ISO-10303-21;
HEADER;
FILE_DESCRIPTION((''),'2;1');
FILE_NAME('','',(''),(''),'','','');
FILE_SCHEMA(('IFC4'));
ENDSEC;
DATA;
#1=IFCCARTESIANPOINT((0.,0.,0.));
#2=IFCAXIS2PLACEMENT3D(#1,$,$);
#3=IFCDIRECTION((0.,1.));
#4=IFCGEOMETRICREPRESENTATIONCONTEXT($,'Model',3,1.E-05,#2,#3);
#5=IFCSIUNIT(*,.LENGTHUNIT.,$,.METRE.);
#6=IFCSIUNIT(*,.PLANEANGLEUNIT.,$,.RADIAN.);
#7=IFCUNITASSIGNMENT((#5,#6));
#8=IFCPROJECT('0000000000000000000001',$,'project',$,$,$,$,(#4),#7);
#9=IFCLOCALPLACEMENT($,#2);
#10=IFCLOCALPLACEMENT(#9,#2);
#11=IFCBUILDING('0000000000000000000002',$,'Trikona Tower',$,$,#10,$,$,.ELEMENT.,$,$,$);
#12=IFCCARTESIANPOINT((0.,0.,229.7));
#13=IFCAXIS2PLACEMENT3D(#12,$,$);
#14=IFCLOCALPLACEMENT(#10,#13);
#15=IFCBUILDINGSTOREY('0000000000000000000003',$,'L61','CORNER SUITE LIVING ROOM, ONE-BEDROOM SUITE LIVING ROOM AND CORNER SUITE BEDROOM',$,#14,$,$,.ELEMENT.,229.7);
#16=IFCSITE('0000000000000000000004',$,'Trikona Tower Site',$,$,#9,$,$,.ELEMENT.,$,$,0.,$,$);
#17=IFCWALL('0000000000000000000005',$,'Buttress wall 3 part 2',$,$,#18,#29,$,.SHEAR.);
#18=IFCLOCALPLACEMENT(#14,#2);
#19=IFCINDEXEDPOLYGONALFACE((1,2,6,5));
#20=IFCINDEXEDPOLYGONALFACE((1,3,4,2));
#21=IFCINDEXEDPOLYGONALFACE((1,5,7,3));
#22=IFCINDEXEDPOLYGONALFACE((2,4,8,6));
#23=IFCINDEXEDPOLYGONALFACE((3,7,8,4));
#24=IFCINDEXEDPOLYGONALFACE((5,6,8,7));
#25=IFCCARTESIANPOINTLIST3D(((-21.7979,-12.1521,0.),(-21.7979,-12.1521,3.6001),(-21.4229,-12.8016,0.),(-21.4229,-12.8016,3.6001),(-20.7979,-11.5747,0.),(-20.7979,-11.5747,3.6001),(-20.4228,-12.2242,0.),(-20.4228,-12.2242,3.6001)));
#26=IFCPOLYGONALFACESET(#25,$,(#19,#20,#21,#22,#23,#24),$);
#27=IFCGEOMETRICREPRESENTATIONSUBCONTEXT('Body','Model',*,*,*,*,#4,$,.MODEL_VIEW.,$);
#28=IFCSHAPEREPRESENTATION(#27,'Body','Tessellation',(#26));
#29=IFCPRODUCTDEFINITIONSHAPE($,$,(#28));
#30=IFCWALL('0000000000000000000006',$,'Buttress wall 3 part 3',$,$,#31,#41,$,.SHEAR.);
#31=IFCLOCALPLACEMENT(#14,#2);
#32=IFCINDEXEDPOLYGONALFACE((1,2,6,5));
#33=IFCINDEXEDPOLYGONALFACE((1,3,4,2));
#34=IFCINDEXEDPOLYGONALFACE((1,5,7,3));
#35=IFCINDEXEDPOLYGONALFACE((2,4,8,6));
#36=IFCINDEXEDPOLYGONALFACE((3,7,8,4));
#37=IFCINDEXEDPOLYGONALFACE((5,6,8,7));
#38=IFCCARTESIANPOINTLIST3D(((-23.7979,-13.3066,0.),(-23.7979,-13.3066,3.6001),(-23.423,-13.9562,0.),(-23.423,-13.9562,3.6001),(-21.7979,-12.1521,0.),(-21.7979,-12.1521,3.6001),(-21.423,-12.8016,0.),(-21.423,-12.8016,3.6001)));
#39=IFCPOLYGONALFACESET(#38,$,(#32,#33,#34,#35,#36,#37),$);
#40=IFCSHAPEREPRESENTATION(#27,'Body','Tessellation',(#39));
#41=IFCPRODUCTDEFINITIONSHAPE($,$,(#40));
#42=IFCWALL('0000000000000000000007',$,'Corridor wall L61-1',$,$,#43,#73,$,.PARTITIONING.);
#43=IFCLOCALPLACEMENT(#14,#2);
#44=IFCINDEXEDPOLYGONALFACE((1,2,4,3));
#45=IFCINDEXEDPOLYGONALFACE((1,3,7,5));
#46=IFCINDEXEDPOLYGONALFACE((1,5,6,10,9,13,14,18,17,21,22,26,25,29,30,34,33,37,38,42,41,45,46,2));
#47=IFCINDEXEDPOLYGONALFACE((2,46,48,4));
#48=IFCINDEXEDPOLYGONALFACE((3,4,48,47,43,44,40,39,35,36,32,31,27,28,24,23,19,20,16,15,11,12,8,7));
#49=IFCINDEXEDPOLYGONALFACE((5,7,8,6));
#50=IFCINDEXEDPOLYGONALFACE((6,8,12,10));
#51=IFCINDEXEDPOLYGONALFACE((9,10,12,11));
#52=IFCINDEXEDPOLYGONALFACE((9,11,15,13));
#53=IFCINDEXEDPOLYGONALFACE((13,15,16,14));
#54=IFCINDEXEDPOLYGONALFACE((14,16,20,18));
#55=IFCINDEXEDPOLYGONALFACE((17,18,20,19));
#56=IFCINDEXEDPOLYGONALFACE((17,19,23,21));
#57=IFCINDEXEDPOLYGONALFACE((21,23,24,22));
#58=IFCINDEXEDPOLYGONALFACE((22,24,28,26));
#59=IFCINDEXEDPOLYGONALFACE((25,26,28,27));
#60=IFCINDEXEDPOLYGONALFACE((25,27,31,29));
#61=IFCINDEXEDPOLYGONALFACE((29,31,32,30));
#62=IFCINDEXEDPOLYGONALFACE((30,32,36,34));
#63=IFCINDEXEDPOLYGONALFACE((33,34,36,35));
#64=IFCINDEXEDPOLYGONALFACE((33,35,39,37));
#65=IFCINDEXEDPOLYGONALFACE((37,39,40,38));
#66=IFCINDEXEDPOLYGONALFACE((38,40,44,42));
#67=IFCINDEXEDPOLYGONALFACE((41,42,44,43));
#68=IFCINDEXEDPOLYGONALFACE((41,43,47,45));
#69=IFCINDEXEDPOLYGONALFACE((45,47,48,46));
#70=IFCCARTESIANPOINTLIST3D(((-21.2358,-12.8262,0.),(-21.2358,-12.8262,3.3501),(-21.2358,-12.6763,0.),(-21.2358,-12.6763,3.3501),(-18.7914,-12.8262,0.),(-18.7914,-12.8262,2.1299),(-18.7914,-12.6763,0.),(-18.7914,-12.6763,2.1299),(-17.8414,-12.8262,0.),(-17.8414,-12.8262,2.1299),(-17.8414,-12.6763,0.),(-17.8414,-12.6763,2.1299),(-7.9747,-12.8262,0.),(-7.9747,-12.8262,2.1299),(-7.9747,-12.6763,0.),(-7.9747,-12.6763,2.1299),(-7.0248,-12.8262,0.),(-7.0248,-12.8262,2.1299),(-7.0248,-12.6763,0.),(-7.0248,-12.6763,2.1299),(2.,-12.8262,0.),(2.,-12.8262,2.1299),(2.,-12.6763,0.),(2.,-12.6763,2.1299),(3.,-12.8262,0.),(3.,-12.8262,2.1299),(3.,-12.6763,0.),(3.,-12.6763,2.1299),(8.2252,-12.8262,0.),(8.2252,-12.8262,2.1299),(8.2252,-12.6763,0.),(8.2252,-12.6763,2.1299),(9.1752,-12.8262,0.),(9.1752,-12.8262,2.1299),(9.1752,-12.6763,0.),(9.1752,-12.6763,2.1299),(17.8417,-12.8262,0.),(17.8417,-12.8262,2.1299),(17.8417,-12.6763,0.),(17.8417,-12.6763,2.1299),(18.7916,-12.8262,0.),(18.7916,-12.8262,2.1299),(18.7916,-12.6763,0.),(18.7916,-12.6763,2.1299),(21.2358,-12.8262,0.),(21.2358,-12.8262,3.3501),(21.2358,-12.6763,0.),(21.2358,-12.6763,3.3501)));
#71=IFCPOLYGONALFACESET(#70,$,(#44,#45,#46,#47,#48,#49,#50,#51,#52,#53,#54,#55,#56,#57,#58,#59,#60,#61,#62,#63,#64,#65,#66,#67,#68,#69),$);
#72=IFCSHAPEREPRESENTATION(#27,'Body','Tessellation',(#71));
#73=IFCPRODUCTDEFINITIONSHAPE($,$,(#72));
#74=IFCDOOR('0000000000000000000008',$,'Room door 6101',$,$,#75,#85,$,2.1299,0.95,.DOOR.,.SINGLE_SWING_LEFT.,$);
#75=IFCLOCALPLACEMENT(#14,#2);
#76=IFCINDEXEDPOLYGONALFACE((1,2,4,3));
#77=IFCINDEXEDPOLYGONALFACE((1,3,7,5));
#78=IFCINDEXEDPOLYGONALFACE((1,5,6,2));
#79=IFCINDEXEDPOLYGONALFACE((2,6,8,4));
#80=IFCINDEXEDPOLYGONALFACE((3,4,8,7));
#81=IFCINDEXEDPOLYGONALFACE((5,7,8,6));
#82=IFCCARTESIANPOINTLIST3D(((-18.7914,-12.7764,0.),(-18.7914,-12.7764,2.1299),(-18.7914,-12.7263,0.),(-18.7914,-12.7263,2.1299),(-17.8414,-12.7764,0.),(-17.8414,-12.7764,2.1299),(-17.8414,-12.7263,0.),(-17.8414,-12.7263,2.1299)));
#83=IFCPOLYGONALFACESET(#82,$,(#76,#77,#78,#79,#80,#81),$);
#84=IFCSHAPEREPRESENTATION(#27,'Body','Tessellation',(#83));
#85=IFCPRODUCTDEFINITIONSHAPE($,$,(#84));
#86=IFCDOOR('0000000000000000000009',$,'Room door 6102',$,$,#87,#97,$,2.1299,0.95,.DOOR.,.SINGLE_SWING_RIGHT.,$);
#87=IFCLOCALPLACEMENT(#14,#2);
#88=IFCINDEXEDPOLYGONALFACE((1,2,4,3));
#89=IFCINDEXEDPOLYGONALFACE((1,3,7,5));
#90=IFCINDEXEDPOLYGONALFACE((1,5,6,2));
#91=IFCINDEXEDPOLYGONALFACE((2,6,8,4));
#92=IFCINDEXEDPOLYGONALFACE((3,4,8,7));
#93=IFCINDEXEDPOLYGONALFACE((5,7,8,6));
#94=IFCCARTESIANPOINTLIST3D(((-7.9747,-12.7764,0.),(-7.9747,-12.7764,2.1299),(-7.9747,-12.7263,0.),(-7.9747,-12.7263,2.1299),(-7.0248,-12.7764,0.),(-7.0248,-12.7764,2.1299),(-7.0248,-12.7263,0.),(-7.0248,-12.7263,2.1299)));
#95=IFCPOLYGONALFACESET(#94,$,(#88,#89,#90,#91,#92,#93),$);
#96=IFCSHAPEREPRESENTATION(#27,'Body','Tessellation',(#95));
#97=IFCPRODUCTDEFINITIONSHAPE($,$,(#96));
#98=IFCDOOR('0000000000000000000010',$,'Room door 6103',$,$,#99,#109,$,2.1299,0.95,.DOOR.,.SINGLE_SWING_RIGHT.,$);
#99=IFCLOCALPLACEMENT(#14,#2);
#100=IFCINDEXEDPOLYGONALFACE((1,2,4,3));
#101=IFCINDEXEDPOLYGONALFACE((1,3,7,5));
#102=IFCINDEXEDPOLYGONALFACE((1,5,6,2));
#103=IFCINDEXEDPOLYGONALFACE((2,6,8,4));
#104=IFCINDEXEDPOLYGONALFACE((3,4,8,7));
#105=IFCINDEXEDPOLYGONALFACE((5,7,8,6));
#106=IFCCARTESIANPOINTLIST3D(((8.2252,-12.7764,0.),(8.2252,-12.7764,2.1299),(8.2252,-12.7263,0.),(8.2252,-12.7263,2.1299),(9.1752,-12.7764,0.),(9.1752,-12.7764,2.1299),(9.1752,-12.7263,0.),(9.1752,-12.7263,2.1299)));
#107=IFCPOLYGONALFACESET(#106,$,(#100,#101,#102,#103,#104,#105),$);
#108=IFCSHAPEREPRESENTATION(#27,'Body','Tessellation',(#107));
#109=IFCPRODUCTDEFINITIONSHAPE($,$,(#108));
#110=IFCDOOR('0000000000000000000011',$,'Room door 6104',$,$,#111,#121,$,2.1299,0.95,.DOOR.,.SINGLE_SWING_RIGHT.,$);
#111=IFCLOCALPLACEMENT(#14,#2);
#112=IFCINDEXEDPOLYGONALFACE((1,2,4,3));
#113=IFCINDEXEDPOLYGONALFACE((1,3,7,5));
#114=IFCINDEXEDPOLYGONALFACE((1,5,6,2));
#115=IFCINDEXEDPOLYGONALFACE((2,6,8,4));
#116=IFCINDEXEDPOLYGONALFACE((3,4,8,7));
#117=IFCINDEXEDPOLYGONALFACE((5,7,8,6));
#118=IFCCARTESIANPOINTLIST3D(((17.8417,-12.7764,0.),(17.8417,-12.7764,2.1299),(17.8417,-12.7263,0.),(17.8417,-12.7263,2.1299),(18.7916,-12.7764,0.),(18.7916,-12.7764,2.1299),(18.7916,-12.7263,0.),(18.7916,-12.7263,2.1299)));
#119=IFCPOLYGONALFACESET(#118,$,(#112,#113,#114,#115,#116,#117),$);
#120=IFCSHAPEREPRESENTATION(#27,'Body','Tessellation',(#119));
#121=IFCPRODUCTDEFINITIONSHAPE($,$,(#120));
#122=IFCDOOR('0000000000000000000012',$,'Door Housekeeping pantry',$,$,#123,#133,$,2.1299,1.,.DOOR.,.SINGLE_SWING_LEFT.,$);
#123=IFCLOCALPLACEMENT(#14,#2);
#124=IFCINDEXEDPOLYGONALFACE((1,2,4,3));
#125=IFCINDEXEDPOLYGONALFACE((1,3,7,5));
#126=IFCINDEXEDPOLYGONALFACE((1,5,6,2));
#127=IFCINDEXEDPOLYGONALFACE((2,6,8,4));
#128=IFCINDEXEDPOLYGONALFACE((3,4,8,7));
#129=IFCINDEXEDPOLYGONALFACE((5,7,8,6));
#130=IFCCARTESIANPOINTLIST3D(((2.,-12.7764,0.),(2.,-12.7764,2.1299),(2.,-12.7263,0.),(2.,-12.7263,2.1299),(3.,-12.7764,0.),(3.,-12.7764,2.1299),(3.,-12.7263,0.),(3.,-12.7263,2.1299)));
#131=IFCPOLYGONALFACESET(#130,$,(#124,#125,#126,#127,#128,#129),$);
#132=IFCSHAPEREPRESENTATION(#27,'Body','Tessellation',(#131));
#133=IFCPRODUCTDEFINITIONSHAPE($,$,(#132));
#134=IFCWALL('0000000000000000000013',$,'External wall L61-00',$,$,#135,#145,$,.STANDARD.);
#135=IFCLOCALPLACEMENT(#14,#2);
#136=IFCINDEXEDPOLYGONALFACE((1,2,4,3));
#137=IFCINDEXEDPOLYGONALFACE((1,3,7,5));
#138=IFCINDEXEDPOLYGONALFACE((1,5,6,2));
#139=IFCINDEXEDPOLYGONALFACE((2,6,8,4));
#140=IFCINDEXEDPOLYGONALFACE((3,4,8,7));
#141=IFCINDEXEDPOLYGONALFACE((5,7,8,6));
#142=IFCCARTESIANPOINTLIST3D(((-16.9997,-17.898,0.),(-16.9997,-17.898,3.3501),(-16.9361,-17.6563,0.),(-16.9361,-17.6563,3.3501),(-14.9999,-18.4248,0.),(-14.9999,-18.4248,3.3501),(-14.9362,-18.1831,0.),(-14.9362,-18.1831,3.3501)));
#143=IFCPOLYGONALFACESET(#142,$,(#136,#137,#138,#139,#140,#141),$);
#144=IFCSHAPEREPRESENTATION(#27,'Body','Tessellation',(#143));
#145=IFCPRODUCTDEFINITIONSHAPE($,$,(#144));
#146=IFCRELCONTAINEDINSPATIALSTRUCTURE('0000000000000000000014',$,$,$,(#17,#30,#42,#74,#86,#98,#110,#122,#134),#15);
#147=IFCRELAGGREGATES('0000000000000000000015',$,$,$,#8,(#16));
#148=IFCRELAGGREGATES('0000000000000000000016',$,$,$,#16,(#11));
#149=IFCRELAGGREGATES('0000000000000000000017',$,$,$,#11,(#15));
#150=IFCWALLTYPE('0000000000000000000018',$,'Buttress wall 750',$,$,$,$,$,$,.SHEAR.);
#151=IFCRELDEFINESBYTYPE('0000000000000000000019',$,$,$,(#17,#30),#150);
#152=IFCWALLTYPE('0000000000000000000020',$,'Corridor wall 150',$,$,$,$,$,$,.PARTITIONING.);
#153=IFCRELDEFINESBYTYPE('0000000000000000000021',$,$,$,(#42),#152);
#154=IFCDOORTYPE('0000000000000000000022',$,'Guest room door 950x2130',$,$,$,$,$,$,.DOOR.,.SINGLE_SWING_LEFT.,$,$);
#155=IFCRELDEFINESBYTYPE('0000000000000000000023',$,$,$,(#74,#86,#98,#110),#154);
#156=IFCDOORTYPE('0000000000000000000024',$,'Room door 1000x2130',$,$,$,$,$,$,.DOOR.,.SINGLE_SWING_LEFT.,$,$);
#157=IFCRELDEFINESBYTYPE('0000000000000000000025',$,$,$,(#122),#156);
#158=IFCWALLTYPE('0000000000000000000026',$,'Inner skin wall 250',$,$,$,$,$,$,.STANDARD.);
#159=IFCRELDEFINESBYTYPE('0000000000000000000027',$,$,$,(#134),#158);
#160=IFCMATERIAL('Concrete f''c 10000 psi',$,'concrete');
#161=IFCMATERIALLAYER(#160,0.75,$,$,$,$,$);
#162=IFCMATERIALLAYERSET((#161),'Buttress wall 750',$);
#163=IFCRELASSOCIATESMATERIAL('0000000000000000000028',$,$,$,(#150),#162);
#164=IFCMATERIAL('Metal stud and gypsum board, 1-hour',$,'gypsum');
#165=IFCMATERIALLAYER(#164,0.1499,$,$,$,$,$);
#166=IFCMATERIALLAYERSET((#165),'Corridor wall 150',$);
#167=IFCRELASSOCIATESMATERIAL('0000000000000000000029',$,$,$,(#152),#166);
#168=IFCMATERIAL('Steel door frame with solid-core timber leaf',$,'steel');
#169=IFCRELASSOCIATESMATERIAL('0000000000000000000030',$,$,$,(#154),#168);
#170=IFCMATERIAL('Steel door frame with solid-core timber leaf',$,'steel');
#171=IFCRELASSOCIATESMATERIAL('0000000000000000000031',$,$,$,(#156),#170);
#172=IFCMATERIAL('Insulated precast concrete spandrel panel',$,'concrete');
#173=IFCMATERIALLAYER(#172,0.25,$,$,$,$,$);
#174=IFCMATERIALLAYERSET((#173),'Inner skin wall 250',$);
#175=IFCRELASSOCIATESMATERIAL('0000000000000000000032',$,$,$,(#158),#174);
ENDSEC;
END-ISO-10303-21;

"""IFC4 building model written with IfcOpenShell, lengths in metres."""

from ifc_helpers import new_model, si_unit, direction, frame, frame_2d, origin, place, context, subcontext, project, spatial, rectangle, extrude, material, layer, layer_set, type_object, element, fill, save


model = new_model("IFC4")

# Units and contexts
model_context = context("Model", 3, precision=1e-05, world=origin(), true_north=direction((0.0, 1.0)))
body_context = subcontext(model_context, "Body", "Model", "MODEL_VIEW")
ifc_project = project(units=[si_unit("LENGTHUNIT", "METRE"), si_unit("PLANEANGLEUNIT", "RADIAN")], contexts=[model_context])

# Site, building, storey
site_placement = place(None, origin())
site = spatial("IfcSite", under=ifc_project, at=site_placement, Name="Trikona Tower Site", CompositionType="ELEMENT", RefElevation=0.0)
building_placement = place(site_placement, origin())
building = spatial("IfcBuilding", under=site, at=building_placement, Name="Trikona Tower", CompositionType="ELEMENT")
storey_placement = place(building_placement, frame((0.0, 0.0, 229.7)))
storey = spatial("IfcBuildingStorey", under=building, at=storey_placement, Name="L61", Description="CORNER SUITE LIVING ROOM, ONE-BEDROOM SUITE LIVING ROOM AND CORNER SUITE BEDROOM", CompositionType="ELEMENT", Elevation=229.7)

# Walls
ifc_material_1 = material(Name="Concrete f'c 10000 psi", Category="concrete")
ifc_layer_1 = layer(ifc_material_1, 0.75)
ifc_layer_set_1 = layer_set([ifc_layer_1], Name="Buttress wall 750")
wall_type_1 = type_object("IfcWallType", Name="Buttress wall 750", PredefinedType="SHEAR", material=ifc_layer_set_1)
wall_1_placement = place(storey_placement, frame((-20.6104, -11.8994, 0.0), z_axis=(0.0, 0.0, 1.0), x_axis=(-0.86601, -0.500027, 0.0)))
element("IfcWall", 1, at=wall_1_placement, inside=storey, type_object=wall_type_1, Name="Buttress wall 3 part 2", PredefinedType="SHEAR", context=body_context, shape_type="SweptSolid", body=[
    extrude(rectangle(XDim=1.1548, YDim=0.75, at=frame_2d((0.5774, 0.0))), origin(), (0.0, 0.0, 1.0), 3.6001),
])
wall_2_placement = place(storey_placement, frame((-21.6104, -12.4768, 0.0), z_axis=(0.0, 0.0, 1.0), x_axis=(-0.866055, -0.499948, 0.0)))
element("IfcWall", 2, at=wall_2_placement, inside=storey, type_object=wall_type_1, Name="Buttress wall 3 part 3", PredefinedType="SHEAR", context=body_context, shape_type="SweptSolid", body=[
    extrude(rectangle(XDim=2.3093, YDim=0.75, at=frame_2d((1.1548, 0.0))), origin(), (0.0, 0.0, 1.0), 3.6001),
])

# Wall, openings, doors
ifc_material_2 = material(Name="Metal stud and gypsum board, 1-hour", Category="gypsum")
ifc_layer_2 = layer(ifc_material_2, 0.1499)
ifc_layer_set_2 = layer_set([ifc_layer_2], Name="Corridor wall 150")
wall_type_2 = type_object("IfcWallType", Name="Corridor wall 150", PredefinedType="PARTITIONING", material=ifc_layer_set_2)
wall_3_placement = place(storey_placement, frame((-21.2358, -12.7512, 0.0), z_axis=(0.0, 0.0, 1.0), x_axis=(1.0, 0.0, 0.0)))
wall_3 = element("IfcWall", 3, at=wall_3_placement, inside=storey, type_object=wall_type_2, Name="Corridor wall L61-1", PredefinedType="PARTITIONING", context=body_context, shape_type="SweptSolid", body=[
    extrude(rectangle(XDim=42.4717, YDim=0.1499, at=frame_2d((21.2358, 0.0))), origin(), (0.0, 0.0, 1.0), 3.3501),
])
opening_1_placement = place(wall_3_placement, frame((2.4443, 0.0, 0.0)))
opening_1 = element("IfcOpeningElement", 4, at=opening_1_placement, cuts=wall_3, PredefinedType="OPENING", context=body_context, shape_type="SweptSolid", body=[
    extrude(rectangle(XDim=0.95, YDim=2.1299, at=frame_2d((0.4751, 1.0649))), frame((0.0, 0.085, 0.0), z_axis=(0.0, -1.0, 0.0), x_axis=(1.0, 0.0, 0.0)), (0.0, 0.0, 1.0), 0.1699),
])
opening_2_placement = place(wall_3_placement, frame((13.261, 0.0, 0.0)))
opening_2 = element("IfcOpeningElement", 5, at=opening_2_placement, cuts=wall_3, PredefinedType="OPENING", context=body_context, shape_type="SweptSolid", body=[
    extrude(rectangle(XDim=0.95, YDim=2.1299, at=frame_2d((0.4751, 1.0649))), frame((0.0, 0.085, 0.0), z_axis=(0.0, -1.0, 0.0), x_axis=(1.0, 0.0, 0.0)), (0.0, 0.0, 1.0), 0.1699),
])
opening_3_placement = place(wall_3_placement, frame((23.2358, 0.0, 0.0)))
opening_3 = element("IfcOpeningElement", 6, at=opening_3_placement, cuts=wall_3, PredefinedType="OPENING", context=body_context, shape_type="SweptSolid", body=[
    extrude(rectangle(XDim=1.0, YDim=2.1299, at=frame_2d((0.5, 1.0649))), frame((0.0, 0.085, 0.0), z_axis=(0.0, -1.0, 0.0), x_axis=(1.0, 0.0, 0.0)), (0.0, 0.0, 1.0), 0.1699),
])
opening_4_placement = place(wall_3_placement, frame((29.4609, 0.0, 0.0)))
opening_4 = element("IfcOpeningElement", 7, at=opening_4_placement, cuts=wall_3, PredefinedType="OPENING", context=body_context, shape_type="SweptSolid", body=[
    extrude(rectangle(XDim=0.95, YDim=2.1299, at=frame_2d((0.4751, 1.0649))), frame((0.0, 0.085, 0.0), z_axis=(0.0, -1.0, 0.0), x_axis=(1.0, 0.0, 0.0)), (0.0, 0.0, 1.0), 0.1699),
])
opening_5_placement = place(wall_3_placement, frame((39.0774, 0.0, 0.0)))
opening_5 = element("IfcOpeningElement", 8, at=opening_5_placement, cuts=wall_3, PredefinedType="OPENING", context=body_context, shape_type="SweptSolid", body=[
    extrude(rectangle(XDim=0.95, YDim=2.1299, at=frame_2d((0.4751, 1.0649))), frame((0.0, 0.085, 0.0), z_axis=(0.0, -1.0, 0.0), x_axis=(1.0, 0.0, 0.0)), (0.0, 0.0, 1.0), 0.1699),
])
ifc_material_3 = material(Name="Steel door frame with solid-core timber leaf", Category="steel")
door_type_1 = type_object("IfcDoorType", Name="Guest room door 950x2130", OperationType="SINGLE_SWING_LEFT", PredefinedType="DOOR", material=ifc_material_3)
door_1_placement = place(opening_1_placement, origin())
door_1 = element("IfcDoor", 9, at=door_1_placement, inside=storey, type_object=door_type_1, Name="Room door 6101", OperationType="SINGLE_SWING_LEFT", OverallHeight=2.1299, OverallWidth=0.95, PredefinedType="DOOR", context=body_context, shape_type="SweptSolid", body=[
    extrude(rectangle(XDim=0.95, YDim=2.1299, at=frame_2d((0.4751, 1.0649))), frame((0.0, 0.0249, 0.0), z_axis=(0.0, -1.0, 0.0), x_axis=(1.0, 0.0, 0.0)), (0.0, 0.0, 1.0), 0.05),
])
fill(opening_1, door_1)
door_2_placement = place(opening_2_placement, origin())
door_2 = element("IfcDoor", 10, at=door_2_placement, inside=storey, type_object=door_type_1, Name="Room door 6102", OperationType="SINGLE_SWING_RIGHT", OverallHeight=2.1299, OverallWidth=0.95, PredefinedType="DOOR", context=body_context, shape_type="SweptSolid", body=[
    extrude(rectangle(XDim=0.95, YDim=2.1299, at=frame_2d((0.4751, 1.0649))), frame((0.0, 0.0249, 0.0), z_axis=(0.0, -1.0, 0.0), x_axis=(1.0, 0.0, 0.0)), (0.0, 0.0, 1.0), 0.05),
])
fill(opening_2, door_2)
door_3_placement = place(opening_4_placement, origin())
door_3 = element("IfcDoor", 11, at=door_3_placement, inside=storey, type_object=door_type_1, Name="Room door 6103", OperationType="SINGLE_SWING_RIGHT", OverallHeight=2.1299, OverallWidth=0.95, PredefinedType="DOOR", context=body_context, shape_type="SweptSolid", body=[
    extrude(rectangle(XDim=0.95, YDim=2.1299, at=frame_2d((0.4751, 1.0649))), frame((0.0, 0.0249, 0.0), z_axis=(0.0, -1.0, 0.0), x_axis=(1.0, 0.0, 0.0)), (0.0, 0.0, 1.0), 0.05),
])
fill(opening_4, door_3)
door_4_placement = place(opening_5_placement, origin())
door_4 = element("IfcDoor", 12, at=door_4_placement, inside=storey, type_object=door_type_1, Name="Room door 6104", OperationType="SINGLE_SWING_RIGHT", OverallHeight=2.1299, OverallWidth=0.95, PredefinedType="DOOR", context=body_context, shape_type="SweptSolid", body=[
    extrude(rectangle(XDim=0.95, YDim=2.1299, at=frame_2d((0.4751, 1.0649))), frame((0.0, 0.0249, 0.0), z_axis=(0.0, -1.0, 0.0), x_axis=(1.0, 0.0, 0.0)), (0.0, 0.0, 1.0), 0.05),
])
fill(opening_5, door_4)
ifc_material_4 = material(Name="Steel door frame with solid-core timber leaf", Category="steel")
door_type_2 = type_object("IfcDoorType", Name="Room door 1000x2130", OperationType="SINGLE_SWING_LEFT", PredefinedType="DOOR", material=ifc_material_4)
door_5_placement = place(opening_3_placement, origin())
door_5 = element("IfcDoor", 13, at=door_5_placement, inside=storey, type_object=door_type_2, Name="Door Housekeeping pantry", OperationType="SINGLE_SWING_LEFT", OverallHeight=2.1299, OverallWidth=1.0, PredefinedType="DOOR", context=body_context, shape_type="SweptSolid", body=[
    extrude(rectangle(XDim=1.0, YDim=2.1299, at=frame_2d((0.5, 1.0649))), frame((0.0, 0.0249, 0.0), z_axis=(0.0, -1.0, 0.0), x_axis=(1.0, 0.0, 0.0)), (0.0, 0.0, 1.0), 0.05),
])
fill(opening_3, door_5)

# Wall
ifc_material_5 = material(Name="Insulated precast concrete spandrel panel", Category="concrete")
ifc_layer_3 = layer(ifc_material_5, 0.25)
ifc_layer_set_3 = layer_set([ifc_layer_3], Name="Inner skin wall 250")
wall_type_3 = type_object("IfcWallType", Name="Inner skin wall 250", PredefinedType="STANDARD", material=ifc_layer_set_3)
wall_4_placement = place(storey_placement, frame((-16.968, -17.7771, 0.0), z_axis=(0.0, 0.0, 1.0), x_axis=(0.96701, -0.254737, 0.0)))
element("IfcWall", 14, at=wall_4_placement, inside=storey, type_object=wall_type_3, Name="External wall L61-00", PredefinedType="STANDARD", context=body_context, shape_type="SweptSolid", body=[
    extrude(rectangle(XDim=2.0681, YDim=0.25, at=frame_2d((1.0342, 0.0))), origin(), (0.0, 0.0, 1.0), 3.3501),
])

save(model, "model.ifc")
